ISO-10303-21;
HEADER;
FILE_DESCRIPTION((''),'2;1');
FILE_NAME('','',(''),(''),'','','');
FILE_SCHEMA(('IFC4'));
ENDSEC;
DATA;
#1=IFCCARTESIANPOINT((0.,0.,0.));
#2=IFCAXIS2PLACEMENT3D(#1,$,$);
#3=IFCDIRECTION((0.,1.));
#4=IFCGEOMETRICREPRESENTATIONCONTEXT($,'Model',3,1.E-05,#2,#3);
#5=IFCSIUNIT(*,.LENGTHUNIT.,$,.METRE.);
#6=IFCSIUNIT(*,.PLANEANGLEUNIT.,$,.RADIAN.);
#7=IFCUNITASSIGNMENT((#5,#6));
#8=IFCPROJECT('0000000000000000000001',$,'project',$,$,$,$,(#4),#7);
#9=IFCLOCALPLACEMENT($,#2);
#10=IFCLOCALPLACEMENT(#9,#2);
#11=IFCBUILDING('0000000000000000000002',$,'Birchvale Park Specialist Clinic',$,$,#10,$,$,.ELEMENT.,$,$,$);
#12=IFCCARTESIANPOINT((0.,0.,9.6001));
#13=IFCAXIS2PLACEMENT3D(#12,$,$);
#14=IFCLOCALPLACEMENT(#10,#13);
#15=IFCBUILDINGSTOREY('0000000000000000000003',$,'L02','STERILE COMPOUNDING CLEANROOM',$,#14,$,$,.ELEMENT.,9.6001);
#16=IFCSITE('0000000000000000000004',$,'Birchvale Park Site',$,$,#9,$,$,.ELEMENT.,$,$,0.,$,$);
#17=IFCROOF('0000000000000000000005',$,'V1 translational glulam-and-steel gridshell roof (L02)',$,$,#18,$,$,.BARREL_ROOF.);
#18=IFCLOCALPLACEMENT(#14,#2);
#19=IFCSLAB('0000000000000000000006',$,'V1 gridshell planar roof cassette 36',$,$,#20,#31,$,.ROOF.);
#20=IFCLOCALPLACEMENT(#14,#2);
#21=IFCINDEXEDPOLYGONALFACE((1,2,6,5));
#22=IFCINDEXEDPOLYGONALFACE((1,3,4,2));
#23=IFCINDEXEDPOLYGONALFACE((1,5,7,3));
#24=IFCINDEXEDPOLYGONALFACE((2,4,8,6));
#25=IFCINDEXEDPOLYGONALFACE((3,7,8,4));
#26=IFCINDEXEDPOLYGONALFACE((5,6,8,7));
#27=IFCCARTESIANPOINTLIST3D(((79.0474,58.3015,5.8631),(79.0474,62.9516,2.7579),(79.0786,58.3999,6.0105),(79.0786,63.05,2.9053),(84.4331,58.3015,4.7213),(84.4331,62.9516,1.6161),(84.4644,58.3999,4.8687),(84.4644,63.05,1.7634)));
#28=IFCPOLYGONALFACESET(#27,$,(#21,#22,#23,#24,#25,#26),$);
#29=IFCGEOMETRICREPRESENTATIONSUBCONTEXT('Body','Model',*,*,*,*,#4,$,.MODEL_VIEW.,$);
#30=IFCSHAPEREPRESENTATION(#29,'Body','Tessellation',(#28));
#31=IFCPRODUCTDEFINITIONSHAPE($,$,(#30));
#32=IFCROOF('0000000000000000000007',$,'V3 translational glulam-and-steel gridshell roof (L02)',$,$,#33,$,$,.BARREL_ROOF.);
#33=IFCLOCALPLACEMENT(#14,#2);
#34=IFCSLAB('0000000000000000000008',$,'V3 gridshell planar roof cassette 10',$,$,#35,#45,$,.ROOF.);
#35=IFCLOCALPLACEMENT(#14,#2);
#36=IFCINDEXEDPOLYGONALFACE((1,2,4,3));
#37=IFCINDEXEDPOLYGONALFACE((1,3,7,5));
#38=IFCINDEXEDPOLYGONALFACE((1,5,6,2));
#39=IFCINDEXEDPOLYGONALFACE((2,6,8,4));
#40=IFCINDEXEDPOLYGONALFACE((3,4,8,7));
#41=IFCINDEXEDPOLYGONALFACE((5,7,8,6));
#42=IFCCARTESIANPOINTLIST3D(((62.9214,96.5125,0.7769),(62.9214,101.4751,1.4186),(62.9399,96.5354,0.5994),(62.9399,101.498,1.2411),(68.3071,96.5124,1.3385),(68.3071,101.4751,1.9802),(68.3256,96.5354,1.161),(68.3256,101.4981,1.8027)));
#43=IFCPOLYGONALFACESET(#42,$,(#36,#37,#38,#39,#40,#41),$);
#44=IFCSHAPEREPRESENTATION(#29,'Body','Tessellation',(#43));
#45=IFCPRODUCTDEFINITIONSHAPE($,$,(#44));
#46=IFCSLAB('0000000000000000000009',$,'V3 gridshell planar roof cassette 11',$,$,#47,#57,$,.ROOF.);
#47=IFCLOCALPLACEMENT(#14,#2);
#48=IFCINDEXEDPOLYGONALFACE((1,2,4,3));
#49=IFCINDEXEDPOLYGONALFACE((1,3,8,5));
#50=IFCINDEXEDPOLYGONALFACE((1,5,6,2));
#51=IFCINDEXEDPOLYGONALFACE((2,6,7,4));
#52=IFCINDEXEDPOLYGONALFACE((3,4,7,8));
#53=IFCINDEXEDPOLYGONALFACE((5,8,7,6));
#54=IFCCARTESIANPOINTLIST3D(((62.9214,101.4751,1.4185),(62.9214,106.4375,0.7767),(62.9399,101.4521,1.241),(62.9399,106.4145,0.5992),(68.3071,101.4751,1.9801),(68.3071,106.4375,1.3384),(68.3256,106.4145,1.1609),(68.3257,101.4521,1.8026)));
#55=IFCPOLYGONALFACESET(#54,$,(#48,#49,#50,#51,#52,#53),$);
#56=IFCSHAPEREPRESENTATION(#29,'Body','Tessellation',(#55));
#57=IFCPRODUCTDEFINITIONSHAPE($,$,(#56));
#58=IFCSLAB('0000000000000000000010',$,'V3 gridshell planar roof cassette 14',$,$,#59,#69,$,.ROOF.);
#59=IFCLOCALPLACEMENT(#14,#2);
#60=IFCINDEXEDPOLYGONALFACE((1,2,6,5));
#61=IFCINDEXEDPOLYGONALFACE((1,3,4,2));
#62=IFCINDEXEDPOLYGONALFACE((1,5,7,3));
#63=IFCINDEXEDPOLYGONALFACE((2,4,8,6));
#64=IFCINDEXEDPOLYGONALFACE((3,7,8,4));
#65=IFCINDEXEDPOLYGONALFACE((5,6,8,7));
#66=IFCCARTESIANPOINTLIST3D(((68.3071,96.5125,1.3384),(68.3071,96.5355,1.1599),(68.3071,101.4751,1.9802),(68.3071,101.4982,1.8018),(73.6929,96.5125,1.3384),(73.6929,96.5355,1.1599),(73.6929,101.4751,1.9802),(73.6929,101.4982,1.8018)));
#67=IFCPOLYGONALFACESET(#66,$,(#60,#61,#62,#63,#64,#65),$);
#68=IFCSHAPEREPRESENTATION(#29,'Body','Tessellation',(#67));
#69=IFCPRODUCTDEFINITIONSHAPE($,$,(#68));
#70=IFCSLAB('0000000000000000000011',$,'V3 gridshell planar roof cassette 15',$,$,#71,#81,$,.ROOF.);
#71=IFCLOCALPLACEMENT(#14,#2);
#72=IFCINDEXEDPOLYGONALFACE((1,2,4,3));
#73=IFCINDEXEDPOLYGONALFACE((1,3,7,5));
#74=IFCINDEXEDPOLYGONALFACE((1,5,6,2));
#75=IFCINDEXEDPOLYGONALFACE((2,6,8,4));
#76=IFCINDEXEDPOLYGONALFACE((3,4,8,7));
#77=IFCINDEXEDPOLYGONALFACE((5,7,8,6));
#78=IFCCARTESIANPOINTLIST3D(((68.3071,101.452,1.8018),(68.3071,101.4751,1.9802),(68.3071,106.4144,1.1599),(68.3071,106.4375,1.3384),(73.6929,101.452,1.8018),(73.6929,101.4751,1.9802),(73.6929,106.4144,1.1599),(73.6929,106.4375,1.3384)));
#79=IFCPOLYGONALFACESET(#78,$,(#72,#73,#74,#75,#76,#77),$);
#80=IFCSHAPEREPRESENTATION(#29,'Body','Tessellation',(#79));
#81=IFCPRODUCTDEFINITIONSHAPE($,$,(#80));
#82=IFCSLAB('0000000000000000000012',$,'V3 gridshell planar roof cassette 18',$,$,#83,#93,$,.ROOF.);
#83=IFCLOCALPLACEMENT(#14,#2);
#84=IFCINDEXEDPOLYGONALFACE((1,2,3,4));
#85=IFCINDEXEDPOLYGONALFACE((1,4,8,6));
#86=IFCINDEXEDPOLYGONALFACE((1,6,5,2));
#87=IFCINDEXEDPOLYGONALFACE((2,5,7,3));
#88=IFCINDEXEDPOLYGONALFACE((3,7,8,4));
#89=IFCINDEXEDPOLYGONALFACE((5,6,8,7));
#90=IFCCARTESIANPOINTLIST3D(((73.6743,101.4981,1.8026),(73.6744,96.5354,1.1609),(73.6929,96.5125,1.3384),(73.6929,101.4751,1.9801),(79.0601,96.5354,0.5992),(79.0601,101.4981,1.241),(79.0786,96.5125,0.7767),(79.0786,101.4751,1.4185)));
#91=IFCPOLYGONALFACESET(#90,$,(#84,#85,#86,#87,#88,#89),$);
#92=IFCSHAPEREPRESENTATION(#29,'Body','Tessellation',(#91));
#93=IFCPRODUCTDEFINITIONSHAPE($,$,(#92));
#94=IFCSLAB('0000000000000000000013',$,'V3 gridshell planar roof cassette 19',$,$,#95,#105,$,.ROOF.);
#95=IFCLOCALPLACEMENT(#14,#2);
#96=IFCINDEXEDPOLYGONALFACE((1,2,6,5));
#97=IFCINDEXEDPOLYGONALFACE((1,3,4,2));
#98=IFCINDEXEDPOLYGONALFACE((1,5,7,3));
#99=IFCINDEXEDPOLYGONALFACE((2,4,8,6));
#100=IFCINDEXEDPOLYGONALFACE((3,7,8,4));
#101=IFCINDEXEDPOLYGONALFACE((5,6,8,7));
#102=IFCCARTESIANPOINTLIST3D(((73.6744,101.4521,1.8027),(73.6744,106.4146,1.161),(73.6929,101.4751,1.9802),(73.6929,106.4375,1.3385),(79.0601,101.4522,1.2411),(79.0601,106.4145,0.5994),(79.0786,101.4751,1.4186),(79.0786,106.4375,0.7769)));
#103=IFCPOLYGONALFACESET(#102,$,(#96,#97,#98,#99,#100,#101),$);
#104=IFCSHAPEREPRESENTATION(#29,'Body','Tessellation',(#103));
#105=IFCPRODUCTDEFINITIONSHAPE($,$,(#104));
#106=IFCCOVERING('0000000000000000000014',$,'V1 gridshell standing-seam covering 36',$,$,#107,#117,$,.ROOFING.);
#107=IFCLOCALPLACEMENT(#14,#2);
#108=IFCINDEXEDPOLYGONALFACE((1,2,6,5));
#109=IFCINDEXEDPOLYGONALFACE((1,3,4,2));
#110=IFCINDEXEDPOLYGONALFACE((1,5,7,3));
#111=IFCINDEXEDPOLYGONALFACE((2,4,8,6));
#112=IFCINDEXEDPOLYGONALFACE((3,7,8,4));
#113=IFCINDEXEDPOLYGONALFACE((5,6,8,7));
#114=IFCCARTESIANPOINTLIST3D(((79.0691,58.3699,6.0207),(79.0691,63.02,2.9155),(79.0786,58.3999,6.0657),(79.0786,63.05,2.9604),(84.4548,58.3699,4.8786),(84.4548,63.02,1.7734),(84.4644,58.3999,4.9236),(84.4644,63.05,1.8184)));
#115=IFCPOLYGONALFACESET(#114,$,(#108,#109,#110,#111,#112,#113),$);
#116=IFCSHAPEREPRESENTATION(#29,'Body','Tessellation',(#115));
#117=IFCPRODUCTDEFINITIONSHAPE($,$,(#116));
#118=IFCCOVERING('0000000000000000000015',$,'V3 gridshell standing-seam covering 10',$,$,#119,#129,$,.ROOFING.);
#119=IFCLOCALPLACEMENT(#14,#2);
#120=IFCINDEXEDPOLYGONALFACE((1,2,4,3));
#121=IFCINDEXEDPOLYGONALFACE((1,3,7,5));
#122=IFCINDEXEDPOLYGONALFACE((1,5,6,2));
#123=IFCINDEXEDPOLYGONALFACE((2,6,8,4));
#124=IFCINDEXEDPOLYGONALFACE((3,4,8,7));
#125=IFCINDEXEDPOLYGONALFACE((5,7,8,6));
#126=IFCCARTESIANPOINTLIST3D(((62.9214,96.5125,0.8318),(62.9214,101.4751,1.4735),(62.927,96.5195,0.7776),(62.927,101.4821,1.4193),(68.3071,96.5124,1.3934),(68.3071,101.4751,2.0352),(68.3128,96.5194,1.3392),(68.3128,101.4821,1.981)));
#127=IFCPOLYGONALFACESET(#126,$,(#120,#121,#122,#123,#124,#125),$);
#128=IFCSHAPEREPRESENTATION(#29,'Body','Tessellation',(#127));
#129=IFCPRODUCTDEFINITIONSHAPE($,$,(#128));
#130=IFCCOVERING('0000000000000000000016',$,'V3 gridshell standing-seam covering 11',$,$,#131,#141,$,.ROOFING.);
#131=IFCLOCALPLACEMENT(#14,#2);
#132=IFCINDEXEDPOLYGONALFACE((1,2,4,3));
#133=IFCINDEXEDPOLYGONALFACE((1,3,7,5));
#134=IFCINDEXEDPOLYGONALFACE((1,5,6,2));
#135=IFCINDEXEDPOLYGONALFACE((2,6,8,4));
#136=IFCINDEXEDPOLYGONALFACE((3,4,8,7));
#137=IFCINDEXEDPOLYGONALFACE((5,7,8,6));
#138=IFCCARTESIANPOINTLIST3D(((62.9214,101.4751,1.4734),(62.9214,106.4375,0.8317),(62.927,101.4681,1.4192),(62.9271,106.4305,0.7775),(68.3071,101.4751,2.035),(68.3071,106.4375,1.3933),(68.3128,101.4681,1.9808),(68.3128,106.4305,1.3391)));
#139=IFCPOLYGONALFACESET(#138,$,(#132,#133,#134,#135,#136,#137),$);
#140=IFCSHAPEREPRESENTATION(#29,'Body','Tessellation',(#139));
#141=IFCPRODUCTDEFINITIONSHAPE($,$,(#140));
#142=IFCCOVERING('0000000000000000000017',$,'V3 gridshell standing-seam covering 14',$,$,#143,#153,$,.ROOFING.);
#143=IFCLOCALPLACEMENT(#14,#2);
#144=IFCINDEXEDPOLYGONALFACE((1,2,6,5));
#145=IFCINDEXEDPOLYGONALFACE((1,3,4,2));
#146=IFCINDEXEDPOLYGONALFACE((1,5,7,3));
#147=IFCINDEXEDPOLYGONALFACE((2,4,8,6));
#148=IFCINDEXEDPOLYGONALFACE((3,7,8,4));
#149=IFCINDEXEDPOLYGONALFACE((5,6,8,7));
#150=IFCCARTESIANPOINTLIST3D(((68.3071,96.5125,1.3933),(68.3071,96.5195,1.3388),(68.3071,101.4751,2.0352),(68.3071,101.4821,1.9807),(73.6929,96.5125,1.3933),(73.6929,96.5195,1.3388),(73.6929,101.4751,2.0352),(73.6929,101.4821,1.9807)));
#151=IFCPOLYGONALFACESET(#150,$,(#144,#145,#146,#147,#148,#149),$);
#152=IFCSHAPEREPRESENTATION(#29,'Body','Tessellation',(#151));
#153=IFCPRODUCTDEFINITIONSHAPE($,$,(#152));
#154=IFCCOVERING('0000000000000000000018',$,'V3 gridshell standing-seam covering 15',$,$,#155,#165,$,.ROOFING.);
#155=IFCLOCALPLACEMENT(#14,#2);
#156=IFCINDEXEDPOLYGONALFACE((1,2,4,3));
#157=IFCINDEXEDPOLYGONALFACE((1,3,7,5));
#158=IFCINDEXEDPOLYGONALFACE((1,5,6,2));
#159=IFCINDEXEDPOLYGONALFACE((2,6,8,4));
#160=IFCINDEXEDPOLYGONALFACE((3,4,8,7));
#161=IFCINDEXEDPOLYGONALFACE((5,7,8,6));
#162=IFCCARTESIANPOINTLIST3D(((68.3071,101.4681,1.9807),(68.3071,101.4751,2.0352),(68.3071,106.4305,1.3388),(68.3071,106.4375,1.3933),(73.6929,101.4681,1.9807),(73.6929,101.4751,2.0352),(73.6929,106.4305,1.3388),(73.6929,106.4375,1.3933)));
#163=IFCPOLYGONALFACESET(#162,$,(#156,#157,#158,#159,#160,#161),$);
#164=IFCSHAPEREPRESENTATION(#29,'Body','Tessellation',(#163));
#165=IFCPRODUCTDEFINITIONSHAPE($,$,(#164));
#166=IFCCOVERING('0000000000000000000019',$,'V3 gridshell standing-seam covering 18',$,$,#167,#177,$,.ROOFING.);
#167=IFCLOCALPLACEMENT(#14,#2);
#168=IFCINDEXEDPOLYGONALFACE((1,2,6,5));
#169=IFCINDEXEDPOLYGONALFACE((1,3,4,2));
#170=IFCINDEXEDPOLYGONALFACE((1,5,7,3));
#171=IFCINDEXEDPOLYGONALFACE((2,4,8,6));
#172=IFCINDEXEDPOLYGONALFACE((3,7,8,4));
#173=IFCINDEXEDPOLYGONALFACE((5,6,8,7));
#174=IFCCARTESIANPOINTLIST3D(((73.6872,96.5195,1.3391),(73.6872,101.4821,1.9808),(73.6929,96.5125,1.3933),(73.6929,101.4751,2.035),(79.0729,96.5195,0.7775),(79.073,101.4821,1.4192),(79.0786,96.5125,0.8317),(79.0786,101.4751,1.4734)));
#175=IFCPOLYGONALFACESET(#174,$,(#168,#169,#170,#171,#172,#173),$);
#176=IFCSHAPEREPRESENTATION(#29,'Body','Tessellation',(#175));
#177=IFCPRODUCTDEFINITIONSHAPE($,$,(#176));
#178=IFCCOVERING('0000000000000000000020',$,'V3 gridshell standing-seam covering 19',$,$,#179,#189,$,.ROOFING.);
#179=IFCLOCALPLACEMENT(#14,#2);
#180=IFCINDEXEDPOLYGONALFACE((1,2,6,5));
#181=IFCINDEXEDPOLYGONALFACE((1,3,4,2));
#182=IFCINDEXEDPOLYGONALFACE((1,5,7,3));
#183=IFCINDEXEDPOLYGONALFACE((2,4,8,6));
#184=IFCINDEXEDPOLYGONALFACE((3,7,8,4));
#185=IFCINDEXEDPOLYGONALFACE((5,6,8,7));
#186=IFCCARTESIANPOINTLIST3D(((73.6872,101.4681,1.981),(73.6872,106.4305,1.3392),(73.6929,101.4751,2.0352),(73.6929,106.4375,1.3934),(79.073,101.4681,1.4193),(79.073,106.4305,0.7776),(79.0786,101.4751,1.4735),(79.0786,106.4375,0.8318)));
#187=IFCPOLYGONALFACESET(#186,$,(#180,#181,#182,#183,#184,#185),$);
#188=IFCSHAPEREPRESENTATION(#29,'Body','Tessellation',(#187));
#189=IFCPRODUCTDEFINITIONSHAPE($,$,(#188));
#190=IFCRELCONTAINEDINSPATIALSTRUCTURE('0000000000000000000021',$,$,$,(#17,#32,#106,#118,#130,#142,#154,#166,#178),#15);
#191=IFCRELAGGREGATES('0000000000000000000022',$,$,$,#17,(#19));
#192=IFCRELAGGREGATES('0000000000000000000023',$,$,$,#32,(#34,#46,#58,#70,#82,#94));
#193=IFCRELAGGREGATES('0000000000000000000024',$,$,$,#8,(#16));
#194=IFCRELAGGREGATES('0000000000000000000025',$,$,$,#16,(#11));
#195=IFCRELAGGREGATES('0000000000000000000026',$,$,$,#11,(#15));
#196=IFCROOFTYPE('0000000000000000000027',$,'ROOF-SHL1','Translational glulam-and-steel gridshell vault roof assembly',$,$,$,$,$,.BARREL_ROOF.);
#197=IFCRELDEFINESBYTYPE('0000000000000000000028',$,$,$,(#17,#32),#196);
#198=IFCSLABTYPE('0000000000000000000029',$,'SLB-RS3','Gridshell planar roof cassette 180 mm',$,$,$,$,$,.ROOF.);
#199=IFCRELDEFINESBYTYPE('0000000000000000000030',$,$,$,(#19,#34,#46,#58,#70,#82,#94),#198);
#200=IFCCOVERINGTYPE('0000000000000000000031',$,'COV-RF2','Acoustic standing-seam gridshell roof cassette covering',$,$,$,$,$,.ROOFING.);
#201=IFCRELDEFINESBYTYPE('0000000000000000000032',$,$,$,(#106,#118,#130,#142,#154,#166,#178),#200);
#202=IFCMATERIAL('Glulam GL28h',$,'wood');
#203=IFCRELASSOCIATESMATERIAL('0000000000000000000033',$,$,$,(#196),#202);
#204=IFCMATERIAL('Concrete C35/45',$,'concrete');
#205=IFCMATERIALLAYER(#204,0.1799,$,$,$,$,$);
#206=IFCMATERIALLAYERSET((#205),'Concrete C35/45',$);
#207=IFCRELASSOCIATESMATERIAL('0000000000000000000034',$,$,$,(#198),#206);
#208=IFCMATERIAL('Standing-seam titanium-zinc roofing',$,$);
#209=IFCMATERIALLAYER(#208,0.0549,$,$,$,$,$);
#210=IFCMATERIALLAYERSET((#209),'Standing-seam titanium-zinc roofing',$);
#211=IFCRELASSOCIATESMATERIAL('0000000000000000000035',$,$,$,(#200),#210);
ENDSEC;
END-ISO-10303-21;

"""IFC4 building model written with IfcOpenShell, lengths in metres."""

from ifc_helpers import new_model, si_unit, direction, frame, origin, place, context, subcontext, project, spatial, polyline, outline, extrude, material, layer, layer_set, type_object, element, aggregate, save


model = new_model("IFC4")

# Units and contexts
model_context = context("Model", 3, precision=1e-05, world=origin(), true_north=direction((0.0, 1.0)))
body_context = subcontext(model_context, "Body", "Model", "MODEL_VIEW")
ifc_project = project(units=[si_unit("LENGTHUNIT", "METRE"), si_unit("PLANEANGLEUNIT", "RADIAN")], contexts=[model_context])

# Site, building, storey
site_placement = place(None, origin())
site = spatial("IfcSite", under=ifc_project, at=site_placement, Name="Birchvale Park Site", CompositionType="ELEMENT", RefElevation=0.0)
building_placement = place(site_placement, origin())
building = spatial("IfcBuilding", under=site, at=building_placement, Name="Birchvale Park Specialist Clinic", CompositionType="ELEMENT")
storey_placement = place(building_placement, frame((0.0, 0.0, 9.6001)))
storey = spatial("IfcBuildingStorey", under=building, at=storey_placement, Name="L02", Description="STERILE COMPOUNDING CLEANROOM", CompositionType="ELEMENT", Elevation=9.6001)

# Roof, slab
ifc_material_1 = material(Name="Glulam GL28h", Category="wood")
roof_type = type_object("IfcRoofType", Name="ROOF-SHL1", Description="Translational glulam-and-steel gridshell vault roof assembly", PredefinedType="BARREL_ROOF", material=ifc_material_1)
roof_1_placement = place(storey_placement, origin())
roof_1 = element("IfcRoof", 1, at=roof_1_placement, inside=storey, type_object=roof_type, Name="V1 translational glulam-and-steel gridshell roof (L02)", PredefinedType="BARREL_ROOF")
ifc_material_2 = material(Name="Concrete C35/45", Category="concrete")
ifc_layer_1 = layer(ifc_material_2, 0.1799)
ifc_layer_set_1 = layer_set([ifc_layer_1], Name="Concrete C35/45")
slab_type = type_object("IfcSlabType", Name="SLB-RS3", Description="Gridshell planar roof cassette 180 mm", PredefinedType="ROOF", material=ifc_layer_set_1)
slab_1_placement = place(storey_placement, frame((79.0786, 58.3999, 6.0105), z_axis=(0.173637, 0.546899, 0.818994), x_axis=(0.978256, 0.0, -0.207403)))
slab_1 = element("IfcSlab", 2, at=slab_1_placement, type_object=slab_type, Name="V1 gridshell planar roof cassette 36", PredefinedType="ROOF", context=body_context, shape_type="SweptSolid", body=[
    extrude(outline(polyline([(0.0, 0.0), (5.5055, 0.0), (6.1495, 5.5544), (0.644, 5.5544), (0.0, 0.0)])), origin(), (0.0, 0.0, -1.0), 0.1799),
])
aggregate(roof_1, [slab_1])

# Roof, slabs
roof_2_placement = place(storey_placement, origin())
roof_2 = element("IfcRoof", 3, at=roof_2_placement, inside=storey, type_object=roof_type, Name="V3 translational glulam-and-steel gridshell roof (L02)", PredefinedType="BARREL_ROOF")
slab_2_placement = place(storey_placement, frame((62.9214, 96.5125, 0.7769), z_axis=(-0.102874, -0.127563, 0.986481), x_axis=(0.994606, -0.000003, 0.103721)))
slab_2 = element("IfcSlab", 4, at=slab_2_placement, type_object=slab_type, Name="V3 gridshell planar roof cassette 10", PredefinedType="ROOF", context=body_context, shape_type="SweptSolid", body=[
    extrude(outline(polyline([(0.0, 0.0), (5.4149, 0.0), (5.4815, 5.0035), (0.0665, 5.0035), (0.0, 0.0)])), origin(), (0.0, 0.0, -1.0), 0.1799),
])
slab_3_placement = place(storey_placement, frame((62.9214, 101.4751, 1.4185), z_axis=(-0.102874, 0.127569, 0.98648), x_axis=(0.994606, -0.000003, 0.103722)))
slab_3 = element("IfcSlab", 5, at=slab_3_placement, type_object=slab_type, Name="V3 gridshell planar roof cassette 11", PredefinedType="ROOF", context=body_context, shape_type="SweptSolid", body=[
    extrude(outline(polyline([(0.0, 0.0), (5.415, 0.0), (5.3484, 5.0033), (-0.0666, 5.0033), (0.0, 0.0)])), origin(), (0.0, 0.0, -1.0), 0.1799),
])
slab_4_placement = place(storey_placement, frame((68.3071, 96.5125, 1.3384), z_axis=(0.0, -0.128267, 0.99174), x_axis=(1.0, 0.0, 0.0)))
slab_4 = element("IfcSlab", 6, at=slab_4_placement, type_object=slab_type, Name="V3 gridshell planar roof cassette 14", PredefinedType="ROOF", context=body_context, shape_type="SweptSolid", body=[
    extrude(outline(polyline([(0.0, 0.0), (5.3857, 0.0), (5.3857, 5.004), (0.0, 5.004), (0.0, 0.0)])), origin(), (0.0, 0.0, -1.0), 0.1799),
])
slab_5_placement = place(storey_placement, frame((68.3071, 101.4751, 1.9802), z_axis=(0.0, 0.128273, 0.991739), x_axis=(1.0, 0.0, 0.0)))
slab_5 = element("IfcSlab", 7, at=slab_5_placement, type_object=slab_type, Name="V3 gridshell planar roof cassette 15", PredefinedType="ROOF", context=body_context, shape_type="SweptSolid", body=[
    extrude(outline(polyline([(0.0, 0.0), (5.3857, 0.0), (5.3857, 5.0037), (0.0, 5.0037), (0.0, 0.0)])), origin(), (0.0, 0.0, -1.0), 0.1799),
])
slab_6_placement = place(storey_placement, frame((73.6929, 96.5125, 1.3384), z_axis=(0.102874, -0.127563, 0.986481), x_axis=(0.994606, 0.000003, -0.103721)))
slab_6 = element("IfcSlab", 8, at=slab_6_placement, type_object=slab_type, Name="V3 gridshell planar roof cassette 18", PredefinedType="ROOF", context=body_context, shape_type="SweptSolid", body=[
    extrude(outline(polyline([(0.0, 0.0), (5.4149, 0.0), (5.3484, 5.0035), (-0.0666, 5.0035), (0.0, 0.0)])), origin(), (0.0, 0.0, -1.0), 0.1799),
])
slab_7_placement = place(storey_placement, frame((73.6929, 101.4751, 1.9802), z_axis=(0.102874, 0.127569, 0.98648), x_axis=(0.994606, 0.000003, -0.103722)))
slab_7 = element("IfcSlab", 9, at=slab_7_placement, type_object=slab_type, Name="V3 gridshell planar roof cassette 19", PredefinedType="ROOF", context=body_context, shape_type="SweptSolid", body=[
    extrude(outline(polyline([(0.0, 0.0), (5.415, 0.0), (5.4815, 5.0033), (0.0666, 5.0033), (0.0, 0.0)])), origin(), (0.0, 0.0, -1.0), 0.1799),
])
aggregate(roof_2, [slab_2, slab_3, slab_4, slab_5, slab_6, slab_7])

# Coverings
ifc_material_3 = material(Name="Standing-seam titanium-zinc roofing")
ifc_layer_2 = layer(ifc_material_3, 0.0549)
ifc_layer_set_2 = layer_set([ifc_layer_2], Name="Standing-seam titanium-zinc roofing")
covering_type = type_object("IfcCoveringType", Name="COV-RF2", Description="Acoustic standing-seam gridshell roof cassette covering", PredefinedType="ROOFING", material=ifc_layer_set_2)
covering_1_placement = place(storey_placement, frame((79.0786, 58.3999, 6.0657), z_axis=(0.173673, 0.546896, 0.818989), x_axis=(0.978247, 0.0, -0.207445)))
element("IfcCovering", 10, at=covering_1_placement, inside=storey, type_object=covering_type, Name="V1 gridshell standing-seam covering 36", PredefinedType="ROOFING", context=body_context, shape_type="SweptSolid", body=[
    extrude(outline(polyline([(0.0, 0.0), (5.5055, 0.0), (6.1497, 5.5544), (0.6442, 5.5544), (0.0, 0.0)])), origin(), (0.0, 0.0, -1.0), 0.0549),
])
covering_2_placement = place(storey_placement, frame((62.9214, 96.5125, 0.8318), z_axis=(-0.102874, -0.127563, 0.986481), x_axis=(0.994606, -0.000003, 0.103721)))
element("IfcCovering", 11, at=covering_2_placement, inside=storey, type_object=covering_type, Name="V3 gridshell standing-seam covering 10", PredefinedType="ROOFING", context=body_context, shape_type="SweptSolid", body=[
    extrude(outline(polyline([(0.0, 0.0), (5.4149, 0.0), (5.4815, 5.0035), (0.0665, 5.0035), (0.0, 0.0)])), origin(), (0.0, 0.0, -1.0), 0.0549),
])
covering_3_placement = place(storey_placement, frame((62.9214, 101.4751, 1.4734), z_axis=(-0.102874, 0.127569, 0.98648), x_axis=(0.994606, -0.000003, 0.103722)))
element("IfcCovering", 12, at=covering_3_placement, inside=storey, type_object=covering_type, Name="V3 gridshell standing-seam covering 11", PredefinedType="ROOFING", context=body_context, shape_type="SweptSolid", body=[
    extrude(outline(polyline([(0.0, 0.0), (5.415, 0.0), (5.3484, 5.0033), (-0.0666, 5.0033), (0.0, 0.0)])), origin(), (0.0, 0.0, -1.0), 0.0549),
])
covering_4_placement = place(storey_placement, frame((68.3071, 96.5125, 1.3933), z_axis=(0.0, -0.128267, 0.99174), x_axis=(1.0, 0.0, 0.0)))
element("IfcCovering", 13, at=covering_4_placement, inside=storey, type_object=covering_type, Name="V3 gridshell standing-seam covering 14", PredefinedType="ROOFING", context=body_context, shape_type="SweptSolid", body=[
    extrude(outline(polyline([(0.0, 0.0), (5.3857, 0.0), (5.3857, 5.004), (0.0, 5.004), (0.0, 0.0)])), origin(), (0.0, 0.0, -1.0), 0.0549),
])
covering_5_placement = place(storey_placement, frame((68.3071, 101.4751, 2.0352), z_axis=(0.0, 0.128273, 0.991739), x_axis=(1.0, 0.0, 0.0)))
element("IfcCovering", 14, at=covering_5_placement, inside=storey, type_object=covering_type, Name="V3 gridshell standing-seam covering 15", PredefinedType="ROOFING", context=body_context, shape_type="SweptSolid", body=[
    extrude(outline(polyline([(0.0, 0.0), (5.3857, 0.0), (5.3857, 5.0037), (0.0, 5.0037), (0.0, 0.0)])), origin(), (0.0, 0.0, -1.0), 0.0549),
])
covering_6_placement = place(storey_placement, frame((73.6929, 96.5125, 1.3933), z_axis=(0.102874, -0.127563, 0.986481), x_axis=(0.994606, 0.000003, -0.103721)))
element("IfcCovering", 15, at=covering_6_placement, inside=storey, type_object=covering_type, Name="V3 gridshell standing-seam covering 18", PredefinedType="ROOFING", context=body_context, shape_type="SweptSolid", body=[
    extrude(outline(polyline([(0.0, 0.0), (5.4149, 0.0), (5.3484, 5.0035), (-0.0666, 5.0035), (0.0, 0.0)])), origin(), (0.0, 0.0, -1.0), 0.0549),
])
covering_7_placement = place(storey_placement, frame((73.6929, 101.4751, 2.0352), z_axis=(0.102874, 0.127569, 0.98648), x_axis=(0.994606, 0.000003, -0.103722)))
element("IfcCovering", 16, at=covering_7_placement, inside=storey, type_object=covering_type, Name="V3 gridshell standing-seam covering 19", PredefinedType="ROOFING", context=body_context, shape_type="SweptSolid", body=[
    extrude(outline(polyline([(0.0, 0.0), (5.415, 0.0), (5.4815, 5.0033), (0.0666, 5.0033), (0.0, 0.0)])), origin(), (0.0, 0.0, -1.0), 0.0549),
])

save(model, "model.ifc")
